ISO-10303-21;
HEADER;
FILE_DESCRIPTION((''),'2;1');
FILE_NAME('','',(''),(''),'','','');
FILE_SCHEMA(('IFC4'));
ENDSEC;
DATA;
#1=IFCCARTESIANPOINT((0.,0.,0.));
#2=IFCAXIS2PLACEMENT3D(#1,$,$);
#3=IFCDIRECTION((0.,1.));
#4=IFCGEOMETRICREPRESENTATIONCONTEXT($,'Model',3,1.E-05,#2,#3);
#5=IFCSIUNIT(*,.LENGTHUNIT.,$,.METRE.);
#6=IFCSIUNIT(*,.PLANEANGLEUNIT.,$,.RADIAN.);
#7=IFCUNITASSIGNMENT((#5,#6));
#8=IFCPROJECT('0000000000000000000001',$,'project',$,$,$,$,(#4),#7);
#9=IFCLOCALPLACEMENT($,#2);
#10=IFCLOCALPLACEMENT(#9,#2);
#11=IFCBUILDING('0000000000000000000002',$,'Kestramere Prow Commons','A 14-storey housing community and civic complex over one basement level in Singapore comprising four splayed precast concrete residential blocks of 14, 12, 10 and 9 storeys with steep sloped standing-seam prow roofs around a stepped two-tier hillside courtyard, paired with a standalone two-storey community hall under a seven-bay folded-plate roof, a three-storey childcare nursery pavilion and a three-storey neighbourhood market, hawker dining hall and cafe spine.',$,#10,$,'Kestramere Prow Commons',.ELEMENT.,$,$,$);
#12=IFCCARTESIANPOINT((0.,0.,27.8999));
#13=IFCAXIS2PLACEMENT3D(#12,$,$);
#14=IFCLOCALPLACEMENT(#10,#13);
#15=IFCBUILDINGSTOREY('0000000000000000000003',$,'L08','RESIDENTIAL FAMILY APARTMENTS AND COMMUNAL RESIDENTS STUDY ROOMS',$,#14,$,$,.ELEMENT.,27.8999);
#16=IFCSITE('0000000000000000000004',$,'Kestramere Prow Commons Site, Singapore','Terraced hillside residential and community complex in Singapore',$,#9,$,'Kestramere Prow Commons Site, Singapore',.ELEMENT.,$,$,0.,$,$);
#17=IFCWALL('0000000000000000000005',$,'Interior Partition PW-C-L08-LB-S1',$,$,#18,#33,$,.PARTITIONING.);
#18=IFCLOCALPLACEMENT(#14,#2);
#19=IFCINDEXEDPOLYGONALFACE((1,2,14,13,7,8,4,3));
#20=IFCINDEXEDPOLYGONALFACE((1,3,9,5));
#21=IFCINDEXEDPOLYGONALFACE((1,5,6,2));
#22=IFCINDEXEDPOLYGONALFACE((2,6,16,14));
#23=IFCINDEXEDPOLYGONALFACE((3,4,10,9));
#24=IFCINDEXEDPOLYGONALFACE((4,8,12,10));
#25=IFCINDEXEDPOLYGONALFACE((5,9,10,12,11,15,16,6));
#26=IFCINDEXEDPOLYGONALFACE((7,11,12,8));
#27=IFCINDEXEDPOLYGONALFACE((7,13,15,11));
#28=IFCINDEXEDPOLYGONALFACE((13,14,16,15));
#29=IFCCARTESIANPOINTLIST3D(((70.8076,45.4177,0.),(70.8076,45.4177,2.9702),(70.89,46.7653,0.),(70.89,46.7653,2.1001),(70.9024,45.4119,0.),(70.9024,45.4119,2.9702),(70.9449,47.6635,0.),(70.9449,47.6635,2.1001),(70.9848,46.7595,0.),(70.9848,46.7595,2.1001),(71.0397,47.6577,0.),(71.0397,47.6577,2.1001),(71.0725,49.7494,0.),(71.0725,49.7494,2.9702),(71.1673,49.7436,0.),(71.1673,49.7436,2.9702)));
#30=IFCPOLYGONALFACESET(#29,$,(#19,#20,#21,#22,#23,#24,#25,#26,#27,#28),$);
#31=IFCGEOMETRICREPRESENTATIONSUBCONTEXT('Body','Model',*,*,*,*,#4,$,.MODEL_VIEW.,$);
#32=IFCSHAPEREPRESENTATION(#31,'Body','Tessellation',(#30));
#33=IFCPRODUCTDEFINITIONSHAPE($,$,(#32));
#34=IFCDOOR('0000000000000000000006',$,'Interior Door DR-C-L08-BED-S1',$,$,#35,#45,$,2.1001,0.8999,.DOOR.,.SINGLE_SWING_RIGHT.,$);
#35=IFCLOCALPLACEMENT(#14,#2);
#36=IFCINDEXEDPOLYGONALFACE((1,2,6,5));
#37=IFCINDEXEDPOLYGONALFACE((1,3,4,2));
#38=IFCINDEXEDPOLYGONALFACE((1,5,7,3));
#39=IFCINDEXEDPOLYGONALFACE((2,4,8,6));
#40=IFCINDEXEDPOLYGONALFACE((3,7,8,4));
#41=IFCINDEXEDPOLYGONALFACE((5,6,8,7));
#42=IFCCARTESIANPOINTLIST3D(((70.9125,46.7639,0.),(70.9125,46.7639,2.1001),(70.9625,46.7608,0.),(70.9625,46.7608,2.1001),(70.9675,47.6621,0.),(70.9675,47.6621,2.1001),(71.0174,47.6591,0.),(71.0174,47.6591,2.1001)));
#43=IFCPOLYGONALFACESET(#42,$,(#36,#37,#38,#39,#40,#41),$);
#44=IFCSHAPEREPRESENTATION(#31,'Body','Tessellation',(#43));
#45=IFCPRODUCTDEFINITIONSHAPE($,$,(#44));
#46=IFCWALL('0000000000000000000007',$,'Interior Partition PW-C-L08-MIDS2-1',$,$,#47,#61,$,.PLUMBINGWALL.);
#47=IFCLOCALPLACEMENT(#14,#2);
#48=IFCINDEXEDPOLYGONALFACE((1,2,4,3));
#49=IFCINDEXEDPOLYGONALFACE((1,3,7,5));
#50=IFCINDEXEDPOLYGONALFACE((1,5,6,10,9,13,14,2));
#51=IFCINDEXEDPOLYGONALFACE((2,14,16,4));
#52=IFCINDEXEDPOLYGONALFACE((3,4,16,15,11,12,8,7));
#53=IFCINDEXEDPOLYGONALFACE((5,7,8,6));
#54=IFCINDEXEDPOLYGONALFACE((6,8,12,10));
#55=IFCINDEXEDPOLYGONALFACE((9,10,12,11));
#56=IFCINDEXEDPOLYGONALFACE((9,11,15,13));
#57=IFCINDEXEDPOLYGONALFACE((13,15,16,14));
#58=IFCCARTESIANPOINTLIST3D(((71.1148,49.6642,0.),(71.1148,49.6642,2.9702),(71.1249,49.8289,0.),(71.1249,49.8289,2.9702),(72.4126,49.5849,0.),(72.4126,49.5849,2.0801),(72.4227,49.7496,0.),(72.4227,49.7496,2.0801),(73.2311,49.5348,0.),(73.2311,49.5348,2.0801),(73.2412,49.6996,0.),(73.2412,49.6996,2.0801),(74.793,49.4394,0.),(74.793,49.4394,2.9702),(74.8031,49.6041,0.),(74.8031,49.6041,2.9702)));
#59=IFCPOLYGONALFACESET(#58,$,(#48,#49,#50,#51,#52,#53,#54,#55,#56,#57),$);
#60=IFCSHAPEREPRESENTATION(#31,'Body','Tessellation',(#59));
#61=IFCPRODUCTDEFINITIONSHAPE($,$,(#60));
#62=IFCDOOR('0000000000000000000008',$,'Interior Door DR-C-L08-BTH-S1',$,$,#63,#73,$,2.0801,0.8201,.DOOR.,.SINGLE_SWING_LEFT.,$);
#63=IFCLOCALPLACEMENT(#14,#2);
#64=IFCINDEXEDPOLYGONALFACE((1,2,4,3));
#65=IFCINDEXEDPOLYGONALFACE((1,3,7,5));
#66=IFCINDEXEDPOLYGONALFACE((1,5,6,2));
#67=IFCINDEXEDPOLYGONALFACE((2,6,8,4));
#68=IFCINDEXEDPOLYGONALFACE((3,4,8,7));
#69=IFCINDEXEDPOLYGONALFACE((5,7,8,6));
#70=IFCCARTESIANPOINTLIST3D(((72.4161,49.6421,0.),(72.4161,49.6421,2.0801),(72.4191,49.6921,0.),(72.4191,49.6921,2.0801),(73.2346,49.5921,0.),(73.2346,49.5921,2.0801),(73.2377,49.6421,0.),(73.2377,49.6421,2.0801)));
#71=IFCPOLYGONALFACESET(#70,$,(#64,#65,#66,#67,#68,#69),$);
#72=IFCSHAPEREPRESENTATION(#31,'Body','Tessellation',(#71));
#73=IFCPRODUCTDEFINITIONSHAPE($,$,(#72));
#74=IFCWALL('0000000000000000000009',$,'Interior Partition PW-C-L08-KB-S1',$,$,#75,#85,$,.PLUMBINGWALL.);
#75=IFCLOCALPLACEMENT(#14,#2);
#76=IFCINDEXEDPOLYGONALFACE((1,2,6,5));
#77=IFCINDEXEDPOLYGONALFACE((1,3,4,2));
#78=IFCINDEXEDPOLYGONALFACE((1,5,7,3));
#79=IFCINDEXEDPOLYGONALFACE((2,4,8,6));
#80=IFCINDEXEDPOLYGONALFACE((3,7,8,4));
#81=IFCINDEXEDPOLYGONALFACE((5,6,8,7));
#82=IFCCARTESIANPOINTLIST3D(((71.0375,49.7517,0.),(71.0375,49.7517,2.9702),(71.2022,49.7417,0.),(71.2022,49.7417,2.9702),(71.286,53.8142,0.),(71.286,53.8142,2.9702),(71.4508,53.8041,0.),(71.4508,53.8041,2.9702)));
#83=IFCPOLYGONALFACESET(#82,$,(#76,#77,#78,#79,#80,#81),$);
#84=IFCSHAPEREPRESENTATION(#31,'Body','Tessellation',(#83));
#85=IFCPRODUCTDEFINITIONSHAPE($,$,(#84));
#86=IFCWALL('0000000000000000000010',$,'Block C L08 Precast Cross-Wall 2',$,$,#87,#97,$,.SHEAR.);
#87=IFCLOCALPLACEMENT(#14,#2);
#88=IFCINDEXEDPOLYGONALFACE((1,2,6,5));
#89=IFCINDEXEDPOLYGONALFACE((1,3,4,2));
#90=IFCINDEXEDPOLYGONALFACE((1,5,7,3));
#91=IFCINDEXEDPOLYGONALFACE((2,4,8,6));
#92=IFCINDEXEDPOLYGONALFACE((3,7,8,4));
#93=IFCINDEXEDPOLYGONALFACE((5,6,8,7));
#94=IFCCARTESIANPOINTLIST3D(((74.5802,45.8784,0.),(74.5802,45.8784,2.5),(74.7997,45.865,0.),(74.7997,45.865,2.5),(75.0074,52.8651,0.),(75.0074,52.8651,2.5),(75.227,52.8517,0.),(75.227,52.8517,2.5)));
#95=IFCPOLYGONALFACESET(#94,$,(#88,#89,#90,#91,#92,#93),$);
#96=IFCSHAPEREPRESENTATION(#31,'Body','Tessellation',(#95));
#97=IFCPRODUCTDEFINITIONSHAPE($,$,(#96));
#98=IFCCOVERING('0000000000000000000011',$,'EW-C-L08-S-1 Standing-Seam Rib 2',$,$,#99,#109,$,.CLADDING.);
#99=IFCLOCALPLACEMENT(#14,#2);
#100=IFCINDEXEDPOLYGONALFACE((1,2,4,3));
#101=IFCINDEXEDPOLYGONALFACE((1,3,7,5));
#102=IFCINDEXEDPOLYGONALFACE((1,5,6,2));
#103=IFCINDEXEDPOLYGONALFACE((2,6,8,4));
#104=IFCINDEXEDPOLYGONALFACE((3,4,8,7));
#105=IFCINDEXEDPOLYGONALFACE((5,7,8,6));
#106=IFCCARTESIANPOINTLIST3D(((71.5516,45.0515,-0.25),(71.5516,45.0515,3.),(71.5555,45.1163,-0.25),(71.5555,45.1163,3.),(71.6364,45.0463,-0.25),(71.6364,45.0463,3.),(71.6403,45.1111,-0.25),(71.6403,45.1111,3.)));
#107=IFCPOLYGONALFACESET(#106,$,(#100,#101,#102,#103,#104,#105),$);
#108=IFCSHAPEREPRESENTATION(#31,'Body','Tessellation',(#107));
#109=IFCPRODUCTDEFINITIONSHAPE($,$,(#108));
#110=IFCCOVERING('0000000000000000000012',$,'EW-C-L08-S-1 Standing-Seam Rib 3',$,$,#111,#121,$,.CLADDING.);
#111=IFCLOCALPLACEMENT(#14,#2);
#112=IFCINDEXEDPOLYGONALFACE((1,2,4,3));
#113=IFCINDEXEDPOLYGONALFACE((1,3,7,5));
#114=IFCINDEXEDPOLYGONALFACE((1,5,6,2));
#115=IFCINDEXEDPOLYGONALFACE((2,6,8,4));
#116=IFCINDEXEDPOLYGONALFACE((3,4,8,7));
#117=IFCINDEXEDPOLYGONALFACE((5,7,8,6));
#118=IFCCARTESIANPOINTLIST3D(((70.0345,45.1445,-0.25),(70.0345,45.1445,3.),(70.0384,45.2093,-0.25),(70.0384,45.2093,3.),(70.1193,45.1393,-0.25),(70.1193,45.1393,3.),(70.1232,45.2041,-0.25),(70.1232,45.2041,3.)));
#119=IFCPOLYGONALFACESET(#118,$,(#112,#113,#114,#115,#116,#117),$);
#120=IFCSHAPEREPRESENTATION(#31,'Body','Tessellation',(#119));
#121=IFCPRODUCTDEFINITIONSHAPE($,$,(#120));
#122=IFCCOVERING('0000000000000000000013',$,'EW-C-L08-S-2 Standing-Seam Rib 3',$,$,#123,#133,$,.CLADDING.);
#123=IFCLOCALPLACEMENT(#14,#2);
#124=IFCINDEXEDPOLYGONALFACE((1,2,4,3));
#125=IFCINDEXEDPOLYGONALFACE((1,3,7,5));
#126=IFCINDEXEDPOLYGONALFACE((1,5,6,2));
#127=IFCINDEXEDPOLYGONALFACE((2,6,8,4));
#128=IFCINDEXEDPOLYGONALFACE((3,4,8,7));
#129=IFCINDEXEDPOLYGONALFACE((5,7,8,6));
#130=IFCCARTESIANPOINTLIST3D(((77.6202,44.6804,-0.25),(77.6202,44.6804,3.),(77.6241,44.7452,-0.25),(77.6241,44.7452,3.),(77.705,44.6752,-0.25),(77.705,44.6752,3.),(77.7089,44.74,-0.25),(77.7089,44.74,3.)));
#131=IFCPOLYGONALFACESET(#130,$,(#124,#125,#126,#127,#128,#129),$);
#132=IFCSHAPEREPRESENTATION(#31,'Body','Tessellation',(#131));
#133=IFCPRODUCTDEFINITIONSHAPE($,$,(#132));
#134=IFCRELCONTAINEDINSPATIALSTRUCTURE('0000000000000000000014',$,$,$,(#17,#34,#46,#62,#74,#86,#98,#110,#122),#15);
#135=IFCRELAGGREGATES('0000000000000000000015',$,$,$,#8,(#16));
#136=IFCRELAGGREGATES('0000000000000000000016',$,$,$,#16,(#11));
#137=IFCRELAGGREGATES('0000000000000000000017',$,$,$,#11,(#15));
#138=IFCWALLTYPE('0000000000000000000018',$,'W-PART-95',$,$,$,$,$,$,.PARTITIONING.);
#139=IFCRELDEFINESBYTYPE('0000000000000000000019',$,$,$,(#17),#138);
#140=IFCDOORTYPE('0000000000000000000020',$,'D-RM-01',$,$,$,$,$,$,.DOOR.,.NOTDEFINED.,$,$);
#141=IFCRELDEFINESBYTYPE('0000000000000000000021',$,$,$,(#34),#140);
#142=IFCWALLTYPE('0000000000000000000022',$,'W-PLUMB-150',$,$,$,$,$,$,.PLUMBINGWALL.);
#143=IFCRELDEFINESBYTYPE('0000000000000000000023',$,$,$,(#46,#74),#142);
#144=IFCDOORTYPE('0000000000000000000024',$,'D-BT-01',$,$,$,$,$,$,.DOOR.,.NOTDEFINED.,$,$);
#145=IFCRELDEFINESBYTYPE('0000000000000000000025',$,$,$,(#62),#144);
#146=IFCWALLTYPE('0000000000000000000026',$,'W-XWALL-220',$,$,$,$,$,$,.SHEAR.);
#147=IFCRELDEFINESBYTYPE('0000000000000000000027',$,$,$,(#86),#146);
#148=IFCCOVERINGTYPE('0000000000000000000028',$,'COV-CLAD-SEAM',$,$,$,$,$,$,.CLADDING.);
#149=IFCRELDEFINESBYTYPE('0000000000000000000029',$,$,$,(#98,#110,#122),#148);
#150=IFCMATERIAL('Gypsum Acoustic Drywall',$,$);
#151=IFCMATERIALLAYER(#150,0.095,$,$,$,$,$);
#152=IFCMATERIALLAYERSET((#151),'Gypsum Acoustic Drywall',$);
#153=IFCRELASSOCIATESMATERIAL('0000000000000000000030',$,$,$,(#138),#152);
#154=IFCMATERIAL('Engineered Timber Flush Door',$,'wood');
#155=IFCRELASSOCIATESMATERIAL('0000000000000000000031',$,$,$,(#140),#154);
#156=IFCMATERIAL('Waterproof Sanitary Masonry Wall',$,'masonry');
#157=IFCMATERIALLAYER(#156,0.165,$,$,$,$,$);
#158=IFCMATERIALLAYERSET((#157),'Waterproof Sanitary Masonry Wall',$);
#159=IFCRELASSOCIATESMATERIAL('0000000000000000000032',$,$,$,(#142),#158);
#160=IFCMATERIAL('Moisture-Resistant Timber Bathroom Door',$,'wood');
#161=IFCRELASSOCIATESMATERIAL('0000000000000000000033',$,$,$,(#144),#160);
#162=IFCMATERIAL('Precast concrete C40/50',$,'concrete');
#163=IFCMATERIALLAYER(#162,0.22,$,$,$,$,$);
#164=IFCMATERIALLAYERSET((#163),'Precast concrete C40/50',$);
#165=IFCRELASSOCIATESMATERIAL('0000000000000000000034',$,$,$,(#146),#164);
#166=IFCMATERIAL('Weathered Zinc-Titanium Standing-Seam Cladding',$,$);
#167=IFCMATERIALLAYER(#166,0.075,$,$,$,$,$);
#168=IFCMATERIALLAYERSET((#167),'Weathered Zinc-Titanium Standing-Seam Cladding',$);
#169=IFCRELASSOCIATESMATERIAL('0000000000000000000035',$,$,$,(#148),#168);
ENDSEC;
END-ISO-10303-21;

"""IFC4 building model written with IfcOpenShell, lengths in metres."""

from ifc_helpers import new_model, si_unit, direction, frame, frame_2d, origin, origin_2d, place, context, subcontext, project, spatial, rectangle, extrude, material, layer, layer_set, type_object, element, fill, save


model = new_model("IFC4")

# Units and contexts
model_context = context("Model", 3, precision=1e-05, world=origin(), true_north=direction((0.0, 1.0)))
body_context = subcontext(model_context, "Body", "Model", "MODEL_VIEW")
ifc_project = project(units=[si_unit("LENGTHUNIT", "METRE"), si_unit("PLANEANGLEUNIT", "RADIAN")], contexts=[model_context])

# Site, building, storey
site_placement = place(None, origin())
site = spatial("IfcSite", under=ifc_project, at=site_placement, Name="Kestramere Prow Commons Site, Singapore", Description="Terraced hillside residential and community complex in Singapore", LongName="Kestramere Prow Commons Site, Singapore", CompositionType="ELEMENT", RefElevation=0.0)
building_placement = place(site_placement, origin())
building = spatial("IfcBuilding", under=site, at=building_placement, Name="Kestramere Prow Commons", Description="A 14-storey housing community and civic complex over one basement level in Singapore comprising four splayed precast concrete residential blocks of 14, 12, 10 and 9 storeys with steep sloped standing-seam prow roofs around a stepped two-tier hillside courtyard, paired with a standalone two-storey community hall under a seven-bay folded-plate roof, a three-storey childcare nursery pavilion and a three-storey neighbourhood market, hawker dining hall and cafe spine.", LongName="Kestramere Prow Commons", CompositionType="ELEMENT")
storey_placement = place(building_placement, frame((0.0, 0.0, 27.8999)))
storey = spatial("IfcBuildingStorey", under=building, at=storey_placement, Name="L08", Description="RESIDENTIAL FAMILY APARTMENTS AND COMMUNAL RESIDENTS STUDY ROOMS", CompositionType="ELEMENT", Elevation=27.8999)

# Shared definitions
ifc_material_1 = material(Name="Precast concrete C40/50", Category="concrete")

# Walls, openings, doors
ifc_material_2 = material(Name="Gypsum Acoustic Drywall")
ifc_layer_1 = layer(ifc_material_2, 0.095)
ifc_layer_set_1 = layer_set([ifc_layer_1], Name="Gypsum Acoustic Drywall")
wall_type_1 = type_object("IfcWallType", Name="W-PART-95", PredefinedType="PARTITIONING", material=ifc_layer_set_1)
wall_1_placement = place(storey_placement, frame((70.855, 45.4148, 0.0), z_axis=(0.0, 0.0, 1.0), x_axis=(0.061037, 0.998136, 0.0)))
wall_1 = element("IfcWall", 1, at=wall_1_placement, inside=storey, type_object=wall_type_1, Name="Interior Partition PW-C-L08-LB-S1", PredefinedType="PARTITIONING", context=body_context, shape_type="SweptSolid", body=[
    extrude(rectangle(XDim=4.3398, YDim=0.095, at=frame_2d((2.1699, 0.0))), origin(), (0.0, 0.0, 1.0), 2.9702),
])
opening_1_placement = place(wall_1_placement, frame((1.3501, 0.0, 0.0)))
opening_1 = element("IfcOpeningElement", 2, at=opening_1_placement, cuts=wall_1, PredefinedType="OPENING", context=body_context, shape_type="SweptSolid", body=[
    extrude(rectangle(XDim=0.8999, YDim=2.1001, at=frame_2d((0.45, 1.05))), frame((0.0, 0.0625, 0.0), z_axis=(0.0, -1.0, 0.0), x_axis=(1.0, 0.0, 0.0)), (0.0, 0.0, 1.0), 0.125),
])
ifc_material_3 = material(Name="Engineered Timber Flush Door", Category="wood")
door_type_1 = type_object("IfcDoorType", Name="D-RM-01", OperationType="NOTDEFINED", PredefinedType="DOOR", material=ifc_material_3)
door_1_placement = place(opening_1_placement, origin())
door_1 = element("IfcDoor", 3, at=door_1_placement, inside=storey, type_object=door_type_1, Name="Interior Door DR-C-L08-BED-S1", OperationType="SINGLE_SWING_RIGHT", OverallHeight=2.1001, OverallWidth=0.8999, PredefinedType="DOOR", context=body_context, shape_type="SweptSolid", body=[
    extrude(rectangle(XDim=0.8999, YDim=2.1001, at=frame_2d((0.45, 1.05))), frame((0.0, 0.0249, 0.0), z_axis=(0.0, -1.0, 0.0), x_axis=(1.0, 0.0, 0.0)), (0.0, 0.0, 1.0), 0.05),
])
fill(opening_1, door_1)
ifc_material_4 = material(Name="Waterproof Sanitary Masonry Wall", Category="masonry")
ifc_layer_2 = layer(ifc_material_4, 0.165)
ifc_layer_set_2 = layer_set([ifc_layer_2], Name="Waterproof Sanitary Masonry Wall")
wall_type_2 = type_object("IfcWallType", Name="W-PLUMB-150", PredefinedType="PLUMBINGWALL", material=ifc_layer_set_2)
wall_2_placement = place(storey_placement, frame((71.1199, 49.7466, 0.0), z_axis=(0.0, 0.0, 1.0), x_axis=(0.998137, -0.061017, 0.0)))
wall_2 = element("IfcWall", 4, at=wall_2_placement, inside=storey, type_object=wall_type_2, Name="Interior Partition PW-C-L08-MIDS2-1", PredefinedType="PLUMBINGWALL", context=body_context, shape_type="SweptSolid", body=[
    extrude(rectangle(XDim=3.6851, YDim=0.165, at=frame_2d((1.8425, 0.0))), origin(), (0.0, 0.0, 1.0), 2.9702),
])
opening_2_placement = place(wall_2_placement, frame((1.3, 0.0, 0.0)))
opening_2 = element("IfcOpeningElement", 5, at=opening_2_placement, cuts=wall_2, PredefinedType="OPENING", context=body_context, shape_type="SweptSolid", body=[
    extrude(rectangle(XDim=0.8201, YDim=2.0801, at=frame_2d((0.4102, 1.04))), frame((0.0, 0.0974, 0.0), z_axis=(0.0, -1.0, 0.0), x_axis=(1.0, 0.0, 0.0)), (0.0, 0.0, 1.0), 0.1951),
])
ifc_material_5 = material(Name="Moisture-Resistant Timber Bathroom Door", Category="wood")
door_type_2 = type_object("IfcDoorType", Name="D-BT-01", OperationType="NOTDEFINED", PredefinedType="DOOR", material=ifc_material_5)
door_2_placement = place(opening_2_placement, origin())
door_2 = element("IfcDoor", 6, at=door_2_placement, inside=storey, type_object=door_type_2, Name="Interior Door DR-C-L08-BTH-S1", OperationType="SINGLE_SWING_LEFT", OverallHeight=2.0801, OverallWidth=0.8201, PredefinedType="DOOR", context=body_context, shape_type="SweptSolid", body=[
    extrude(rectangle(XDim=0.8201, YDim=2.0801, at=frame_2d((0.4102, 1.04))), frame((0.0, 0.0249, 0.0), z_axis=(0.0, -1.0, 0.0), x_axis=(1.0, 0.0, 0.0)), (0.0, 0.0, 1.0), 0.05),
])
fill(opening_2, door_2)

# Walls
wall_3_placement = place(storey_placement, frame((71.1199, 49.7466, 0.0), z_axis=(0.0, 0.0, 1.0), x_axis=(0.061064, 0.998134, 0.0)))
element("IfcWall", 7, at=wall_3_placement, inside=storey, type_object=wall_type_2, Name="Interior Partition PW-C-L08-KB-S1", PredefinedType="PLUMBINGWALL", context=body_context, shape_type="SweptSolid", body=[
    extrude(rectangle(XDim=4.0701, YDim=0.165, at=frame_2d((2.0352, 0.0))), origin(), (0.0, 0.0, 1.0), 2.9702),
])
ifc_layer_3 = layer(ifc_material_1, 0.22)
ifc_layer_set_3 = layer_set([ifc_layer_3], Name="Precast concrete C40/50")
wall_type_3 = type_object("IfcWallType", Name="W-XWALL-220", PredefinedType="SHEAR", material=ifc_layer_set_3)
wall_4_placement = place(storey_placement, frame((74.6899, 45.8716, 0.0), z_axis=(0.0, 0.0, 1.0), x_axis=(0.061036, 0.998136, 0.0)))
element("IfcWall", 8, at=wall_4_placement, inside=storey, type_object=wall_type_3, Name="Block C L08 Precast Cross-Wall 2", PredefinedType="SHEAR", context=body_context, shape_type="SweptSolid", body=[
    extrude(rectangle(XDim=6.9998, YDim=0.22, at=frame_2d((3.5, 0.0))), origin(), (0.0, 0.0, 1.0), 2.5),
])

# Coverings
ifc_material_6 = material(Name="Weathered Zinc-Titanium Standing-Seam Cladding")
ifc_layer_4 = layer(ifc_material_6, 0.075)
ifc_layer_set_4 = layer_set([ifc_layer_4], Name="Weathered Zinc-Titanium Standing-Seam Cladding")
covering_type = type_object("IfcCoveringType", Name="COV-CLAD-SEAM", PredefinedType="CLADDING", material=ifc_layer_set_4)
for number, where, z_axis, x_axis, name in (
    (9, (71.5959, 45.0813, -0.25), (0.0, 0.0, 1.0), (-0.998135, 0.061049, 0.0), "EW-C-L08-S-1 Standing-Seam Rib 2"),
    (10, (70.0789, 45.1743, -0.25), (0.0, 0.0, 1.0), (-0.998135, 0.061049, 0.0), "EW-C-L08-S-1 Standing-Seam Rib 3"),
    (11, (77.6646, 44.7102, -0.25), (0.0, 0.0, 1.0), (-0.998135, 0.061049, 0.0), "EW-C-L08-S-2 Standing-Seam Rib 3"),
):
    element("IfcCovering", number, at=place(storey_placement, frame(where, z_axis=z_axis, x_axis=x_axis)), inside=storey, type_object=covering_type, Name=name, PredefinedType="CLADDING", context=body_context, shape_type="SweptSolid", body=[
        extrude(rectangle(XDim=0.085, YDim=0.0649, at=origin_2d()), origin(), (0.0, 0.0, 1.0), 3.25),
    ])

save(model, "model.ifc")
